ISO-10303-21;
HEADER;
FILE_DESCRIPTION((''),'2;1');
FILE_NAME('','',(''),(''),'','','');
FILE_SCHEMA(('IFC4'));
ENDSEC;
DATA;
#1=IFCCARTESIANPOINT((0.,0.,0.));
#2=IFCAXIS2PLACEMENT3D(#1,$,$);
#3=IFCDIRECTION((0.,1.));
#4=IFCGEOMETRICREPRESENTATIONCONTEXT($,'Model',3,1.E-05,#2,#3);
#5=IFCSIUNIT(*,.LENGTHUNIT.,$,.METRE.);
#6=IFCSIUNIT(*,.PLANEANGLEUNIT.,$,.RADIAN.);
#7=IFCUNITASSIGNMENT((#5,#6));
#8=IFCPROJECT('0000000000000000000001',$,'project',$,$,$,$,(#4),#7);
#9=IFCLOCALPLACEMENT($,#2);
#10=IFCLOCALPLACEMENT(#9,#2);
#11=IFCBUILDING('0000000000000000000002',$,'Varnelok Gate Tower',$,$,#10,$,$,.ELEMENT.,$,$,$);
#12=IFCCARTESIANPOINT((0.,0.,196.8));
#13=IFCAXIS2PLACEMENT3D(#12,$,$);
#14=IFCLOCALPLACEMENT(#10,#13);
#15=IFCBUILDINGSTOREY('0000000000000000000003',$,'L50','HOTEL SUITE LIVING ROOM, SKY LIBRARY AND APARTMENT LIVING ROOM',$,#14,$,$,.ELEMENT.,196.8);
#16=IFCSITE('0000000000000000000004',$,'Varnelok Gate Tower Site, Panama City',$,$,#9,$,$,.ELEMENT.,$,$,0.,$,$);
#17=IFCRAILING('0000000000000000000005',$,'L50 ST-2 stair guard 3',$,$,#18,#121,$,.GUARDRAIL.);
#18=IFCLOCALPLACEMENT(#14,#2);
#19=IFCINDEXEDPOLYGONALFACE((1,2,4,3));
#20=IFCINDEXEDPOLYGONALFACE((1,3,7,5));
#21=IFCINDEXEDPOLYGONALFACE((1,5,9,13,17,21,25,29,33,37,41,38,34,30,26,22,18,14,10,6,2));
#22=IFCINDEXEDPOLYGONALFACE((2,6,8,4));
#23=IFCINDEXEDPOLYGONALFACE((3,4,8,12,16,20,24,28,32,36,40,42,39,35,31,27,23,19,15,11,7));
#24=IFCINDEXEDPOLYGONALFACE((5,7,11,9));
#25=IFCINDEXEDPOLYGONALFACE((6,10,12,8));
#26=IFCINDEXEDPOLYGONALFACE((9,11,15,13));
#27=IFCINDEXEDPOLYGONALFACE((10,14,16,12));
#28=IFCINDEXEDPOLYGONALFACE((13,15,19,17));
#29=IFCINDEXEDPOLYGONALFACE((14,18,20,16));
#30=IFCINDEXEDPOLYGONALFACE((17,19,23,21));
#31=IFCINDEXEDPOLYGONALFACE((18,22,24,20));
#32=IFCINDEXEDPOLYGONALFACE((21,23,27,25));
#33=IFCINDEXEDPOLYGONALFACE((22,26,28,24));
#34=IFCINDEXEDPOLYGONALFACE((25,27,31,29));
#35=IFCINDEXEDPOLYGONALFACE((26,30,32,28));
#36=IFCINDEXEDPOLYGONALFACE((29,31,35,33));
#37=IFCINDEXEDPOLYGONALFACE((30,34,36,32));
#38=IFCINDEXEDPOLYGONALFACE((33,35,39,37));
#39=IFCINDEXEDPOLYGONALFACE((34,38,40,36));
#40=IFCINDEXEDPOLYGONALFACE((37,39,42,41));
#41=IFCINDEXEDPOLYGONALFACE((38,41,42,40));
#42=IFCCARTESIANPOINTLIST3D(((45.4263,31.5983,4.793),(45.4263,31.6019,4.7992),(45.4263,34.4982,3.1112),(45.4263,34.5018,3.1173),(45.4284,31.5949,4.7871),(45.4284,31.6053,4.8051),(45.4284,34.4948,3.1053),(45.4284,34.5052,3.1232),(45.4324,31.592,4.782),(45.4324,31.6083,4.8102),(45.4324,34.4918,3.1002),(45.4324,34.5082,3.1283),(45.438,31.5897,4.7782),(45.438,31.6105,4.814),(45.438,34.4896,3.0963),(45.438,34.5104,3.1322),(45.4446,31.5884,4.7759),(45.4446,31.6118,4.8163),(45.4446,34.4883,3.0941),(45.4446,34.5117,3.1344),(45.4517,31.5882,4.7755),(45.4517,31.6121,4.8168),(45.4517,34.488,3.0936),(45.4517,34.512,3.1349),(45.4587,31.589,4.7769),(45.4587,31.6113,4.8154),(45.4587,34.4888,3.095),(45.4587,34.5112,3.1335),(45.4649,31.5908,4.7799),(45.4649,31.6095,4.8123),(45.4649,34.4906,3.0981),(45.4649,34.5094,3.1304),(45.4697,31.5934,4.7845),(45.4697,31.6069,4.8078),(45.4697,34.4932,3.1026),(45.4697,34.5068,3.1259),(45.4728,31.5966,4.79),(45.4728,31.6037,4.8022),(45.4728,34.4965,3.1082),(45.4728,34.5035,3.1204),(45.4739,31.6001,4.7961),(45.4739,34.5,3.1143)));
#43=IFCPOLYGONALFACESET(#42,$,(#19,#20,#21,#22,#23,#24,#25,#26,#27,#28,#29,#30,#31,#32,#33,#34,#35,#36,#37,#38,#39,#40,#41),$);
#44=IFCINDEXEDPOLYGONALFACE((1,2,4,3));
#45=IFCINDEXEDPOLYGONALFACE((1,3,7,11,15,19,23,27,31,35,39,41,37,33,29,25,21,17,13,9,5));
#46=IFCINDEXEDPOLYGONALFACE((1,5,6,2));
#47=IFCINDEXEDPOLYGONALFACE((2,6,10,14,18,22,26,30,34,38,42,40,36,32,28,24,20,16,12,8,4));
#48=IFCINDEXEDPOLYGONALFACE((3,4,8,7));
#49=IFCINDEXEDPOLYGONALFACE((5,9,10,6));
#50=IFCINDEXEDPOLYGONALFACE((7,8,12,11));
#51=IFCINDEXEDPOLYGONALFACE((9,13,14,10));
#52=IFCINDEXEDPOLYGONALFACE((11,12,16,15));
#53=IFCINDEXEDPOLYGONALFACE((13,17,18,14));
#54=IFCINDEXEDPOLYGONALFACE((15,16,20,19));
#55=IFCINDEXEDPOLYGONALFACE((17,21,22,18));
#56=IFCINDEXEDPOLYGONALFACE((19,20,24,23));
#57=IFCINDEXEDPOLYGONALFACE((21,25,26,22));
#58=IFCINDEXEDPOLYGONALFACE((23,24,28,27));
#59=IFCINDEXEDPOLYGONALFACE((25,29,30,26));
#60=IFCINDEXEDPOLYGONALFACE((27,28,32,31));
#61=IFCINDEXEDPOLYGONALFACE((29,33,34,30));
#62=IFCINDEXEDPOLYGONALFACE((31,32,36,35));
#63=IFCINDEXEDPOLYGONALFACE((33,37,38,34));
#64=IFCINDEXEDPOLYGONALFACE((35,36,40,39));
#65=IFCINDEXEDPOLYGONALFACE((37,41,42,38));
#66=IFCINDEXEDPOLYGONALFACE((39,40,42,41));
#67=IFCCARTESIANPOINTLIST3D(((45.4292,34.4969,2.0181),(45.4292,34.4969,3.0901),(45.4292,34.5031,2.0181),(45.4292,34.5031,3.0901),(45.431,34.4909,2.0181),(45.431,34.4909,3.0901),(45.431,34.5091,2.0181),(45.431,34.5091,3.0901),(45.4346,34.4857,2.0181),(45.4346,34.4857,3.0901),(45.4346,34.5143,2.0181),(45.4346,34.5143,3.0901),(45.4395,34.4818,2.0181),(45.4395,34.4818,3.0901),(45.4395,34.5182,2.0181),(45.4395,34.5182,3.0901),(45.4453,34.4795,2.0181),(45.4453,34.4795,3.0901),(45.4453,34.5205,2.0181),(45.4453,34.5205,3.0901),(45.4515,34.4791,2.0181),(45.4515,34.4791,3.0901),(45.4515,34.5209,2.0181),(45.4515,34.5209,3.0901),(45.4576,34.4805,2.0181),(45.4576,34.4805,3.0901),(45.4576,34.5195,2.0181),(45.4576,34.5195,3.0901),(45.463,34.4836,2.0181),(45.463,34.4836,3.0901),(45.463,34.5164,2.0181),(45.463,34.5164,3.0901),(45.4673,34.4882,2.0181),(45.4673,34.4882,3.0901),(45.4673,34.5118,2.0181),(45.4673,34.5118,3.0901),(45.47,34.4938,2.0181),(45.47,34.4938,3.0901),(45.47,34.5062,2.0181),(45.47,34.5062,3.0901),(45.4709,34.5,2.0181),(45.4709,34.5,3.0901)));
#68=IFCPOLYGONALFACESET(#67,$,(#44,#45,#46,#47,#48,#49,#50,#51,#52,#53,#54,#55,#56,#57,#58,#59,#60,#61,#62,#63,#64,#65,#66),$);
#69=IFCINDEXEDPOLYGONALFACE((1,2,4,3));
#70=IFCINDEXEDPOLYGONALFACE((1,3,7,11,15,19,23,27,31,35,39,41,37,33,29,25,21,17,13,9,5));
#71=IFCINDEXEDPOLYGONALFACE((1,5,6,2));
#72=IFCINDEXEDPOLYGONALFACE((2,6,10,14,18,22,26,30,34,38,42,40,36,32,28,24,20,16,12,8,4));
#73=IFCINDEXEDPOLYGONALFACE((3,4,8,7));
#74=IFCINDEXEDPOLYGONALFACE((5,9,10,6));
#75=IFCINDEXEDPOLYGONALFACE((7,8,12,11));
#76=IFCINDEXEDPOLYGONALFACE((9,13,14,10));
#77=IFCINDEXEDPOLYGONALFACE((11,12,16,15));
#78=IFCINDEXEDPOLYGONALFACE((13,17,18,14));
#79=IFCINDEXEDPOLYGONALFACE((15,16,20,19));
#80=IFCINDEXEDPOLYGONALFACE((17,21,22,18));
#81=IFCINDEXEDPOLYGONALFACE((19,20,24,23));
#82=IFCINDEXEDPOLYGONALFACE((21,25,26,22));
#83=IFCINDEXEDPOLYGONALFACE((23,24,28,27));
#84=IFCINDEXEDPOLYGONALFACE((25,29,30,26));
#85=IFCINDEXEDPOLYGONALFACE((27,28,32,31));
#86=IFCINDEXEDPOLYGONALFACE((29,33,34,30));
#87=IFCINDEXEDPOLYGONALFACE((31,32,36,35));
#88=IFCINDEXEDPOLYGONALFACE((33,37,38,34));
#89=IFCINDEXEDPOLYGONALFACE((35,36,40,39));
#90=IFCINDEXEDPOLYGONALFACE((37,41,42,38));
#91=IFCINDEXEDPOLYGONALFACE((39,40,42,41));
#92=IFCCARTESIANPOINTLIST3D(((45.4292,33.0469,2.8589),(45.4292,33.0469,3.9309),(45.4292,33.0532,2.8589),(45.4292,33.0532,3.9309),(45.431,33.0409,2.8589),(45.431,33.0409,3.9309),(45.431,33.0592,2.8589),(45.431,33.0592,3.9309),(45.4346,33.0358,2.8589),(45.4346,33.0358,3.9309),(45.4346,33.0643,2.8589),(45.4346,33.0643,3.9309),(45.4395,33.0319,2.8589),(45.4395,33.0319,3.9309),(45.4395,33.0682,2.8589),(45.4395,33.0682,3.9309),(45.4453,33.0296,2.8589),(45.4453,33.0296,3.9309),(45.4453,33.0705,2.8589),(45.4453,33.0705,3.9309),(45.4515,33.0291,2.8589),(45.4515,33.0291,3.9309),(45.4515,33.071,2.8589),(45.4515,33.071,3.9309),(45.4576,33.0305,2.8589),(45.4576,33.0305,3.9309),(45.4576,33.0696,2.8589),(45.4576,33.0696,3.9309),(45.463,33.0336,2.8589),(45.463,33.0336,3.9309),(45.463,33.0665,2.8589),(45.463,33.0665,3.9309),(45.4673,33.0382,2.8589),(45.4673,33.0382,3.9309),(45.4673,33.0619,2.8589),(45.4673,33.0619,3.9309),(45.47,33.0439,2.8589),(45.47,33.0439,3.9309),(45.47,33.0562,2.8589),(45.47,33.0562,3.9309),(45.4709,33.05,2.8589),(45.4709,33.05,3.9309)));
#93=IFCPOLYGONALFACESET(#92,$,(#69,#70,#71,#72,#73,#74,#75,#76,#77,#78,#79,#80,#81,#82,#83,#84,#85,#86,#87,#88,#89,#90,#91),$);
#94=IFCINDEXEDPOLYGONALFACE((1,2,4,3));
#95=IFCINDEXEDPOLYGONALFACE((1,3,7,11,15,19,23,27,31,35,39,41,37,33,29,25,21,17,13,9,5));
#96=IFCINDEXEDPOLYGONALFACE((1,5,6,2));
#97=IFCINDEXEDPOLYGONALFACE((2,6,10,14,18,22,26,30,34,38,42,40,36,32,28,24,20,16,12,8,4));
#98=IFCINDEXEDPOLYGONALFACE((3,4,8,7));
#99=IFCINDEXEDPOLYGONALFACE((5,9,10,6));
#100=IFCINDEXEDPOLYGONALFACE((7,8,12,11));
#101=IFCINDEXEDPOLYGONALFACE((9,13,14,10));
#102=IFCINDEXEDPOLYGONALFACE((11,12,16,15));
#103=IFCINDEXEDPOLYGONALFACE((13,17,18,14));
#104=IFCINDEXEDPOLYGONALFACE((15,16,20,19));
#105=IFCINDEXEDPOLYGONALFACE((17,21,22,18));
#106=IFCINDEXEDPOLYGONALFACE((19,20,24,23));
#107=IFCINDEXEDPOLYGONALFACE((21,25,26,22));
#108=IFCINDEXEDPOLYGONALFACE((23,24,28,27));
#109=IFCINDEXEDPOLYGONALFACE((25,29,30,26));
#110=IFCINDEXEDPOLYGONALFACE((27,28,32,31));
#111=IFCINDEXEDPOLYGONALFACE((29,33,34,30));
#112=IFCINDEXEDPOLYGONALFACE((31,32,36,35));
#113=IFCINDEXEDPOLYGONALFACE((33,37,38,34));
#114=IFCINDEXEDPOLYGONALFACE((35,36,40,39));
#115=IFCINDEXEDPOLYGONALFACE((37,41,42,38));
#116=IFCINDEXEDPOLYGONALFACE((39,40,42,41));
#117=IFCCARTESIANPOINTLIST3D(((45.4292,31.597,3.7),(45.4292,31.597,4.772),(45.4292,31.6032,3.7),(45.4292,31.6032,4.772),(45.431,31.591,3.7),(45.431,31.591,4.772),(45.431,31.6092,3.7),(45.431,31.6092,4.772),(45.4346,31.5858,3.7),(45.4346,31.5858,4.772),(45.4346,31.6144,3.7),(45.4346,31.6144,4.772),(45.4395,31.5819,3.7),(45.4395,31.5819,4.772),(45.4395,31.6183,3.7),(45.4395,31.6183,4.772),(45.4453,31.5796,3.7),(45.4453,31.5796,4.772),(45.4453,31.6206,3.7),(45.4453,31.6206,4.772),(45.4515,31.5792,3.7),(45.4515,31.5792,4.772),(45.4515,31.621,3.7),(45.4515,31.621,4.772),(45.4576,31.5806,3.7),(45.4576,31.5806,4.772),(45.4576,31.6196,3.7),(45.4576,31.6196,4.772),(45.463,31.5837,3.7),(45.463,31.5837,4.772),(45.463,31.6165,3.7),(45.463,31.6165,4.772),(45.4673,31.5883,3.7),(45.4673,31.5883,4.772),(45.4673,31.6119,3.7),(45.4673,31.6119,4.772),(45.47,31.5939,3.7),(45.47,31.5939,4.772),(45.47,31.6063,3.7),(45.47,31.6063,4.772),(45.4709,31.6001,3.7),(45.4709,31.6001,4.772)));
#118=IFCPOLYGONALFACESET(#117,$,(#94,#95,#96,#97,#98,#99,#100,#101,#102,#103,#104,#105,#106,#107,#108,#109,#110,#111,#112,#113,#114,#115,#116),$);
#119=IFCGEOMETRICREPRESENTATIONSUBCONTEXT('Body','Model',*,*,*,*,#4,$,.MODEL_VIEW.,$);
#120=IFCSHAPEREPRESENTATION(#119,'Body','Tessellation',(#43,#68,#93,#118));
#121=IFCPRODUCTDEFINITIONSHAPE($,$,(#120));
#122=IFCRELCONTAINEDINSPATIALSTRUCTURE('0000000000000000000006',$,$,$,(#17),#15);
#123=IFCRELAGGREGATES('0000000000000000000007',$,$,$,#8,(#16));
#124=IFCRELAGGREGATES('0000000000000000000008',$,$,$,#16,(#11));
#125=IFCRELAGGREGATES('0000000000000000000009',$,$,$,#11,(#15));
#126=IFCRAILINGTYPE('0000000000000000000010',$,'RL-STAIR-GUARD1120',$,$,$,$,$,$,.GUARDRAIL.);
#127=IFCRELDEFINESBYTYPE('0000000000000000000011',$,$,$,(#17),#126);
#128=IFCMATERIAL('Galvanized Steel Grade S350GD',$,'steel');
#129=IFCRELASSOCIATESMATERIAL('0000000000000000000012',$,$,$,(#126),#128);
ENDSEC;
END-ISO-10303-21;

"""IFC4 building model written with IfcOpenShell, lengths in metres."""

from ifc_helpers import new_model, si_unit, direction, frame, origin, origin_2d, place, context, subcontext, project, spatial, circle, extrude, material, type_object, element, save


model = new_model("IFC4")

# Units and contexts
model_context = context("Model", 3, precision=1e-05, world=origin(), true_north=direction((0.0, 1.0)))
body_context = subcontext(model_context, "Body", "Model", "MODEL_VIEW")
ifc_project = project(units=[si_unit("LENGTHUNIT", "METRE"), si_unit("PLANEANGLEUNIT", "RADIAN")], contexts=[model_context])

# Site, building, storey
site_placement = place(None, origin())
site = spatial("IfcSite", under=ifc_project, at=site_placement, Name="Varnelok Gate Tower Site, Panama City", CompositionType="ELEMENT", RefElevation=0.0)
building_placement = place(site_placement, origin())
building = spatial("IfcBuilding", under=site, at=building_placement, Name="Varnelok Gate Tower", CompositionType="ELEMENT")
storey_placement = place(building_placement, frame((0.0, 0.0, 196.8)))
storey = spatial("IfcBuildingStorey", under=building, at=storey_placement, Name="L50", Description="HOTEL SUITE LIVING ROOM, SKY LIBRARY AND APARTMENT LIVING ROOM", CompositionType="ELEMENT", Elevation=196.8)

# Shared definitions
ifc_material_1 = material(Name="Galvanized Steel Grade S350GD", Category="steel")

# Railing
railing_type_1 = type_object("IfcRailingType", Name="RL-STAIR-GUARD1120", PredefinedType="GUARDRAIL", material=ifc_material_1)
railing_1_placement = place(storey_placement, frame((45.45, 34.5, 2.0181)))
element("IfcRailing", 1, at=railing_1_placement, inside=storey, type_object=railing_type_1, Name="L50 ST-2 stair guard 3", PredefinedType="GUARDRAIL", context=body_context, shape_type="SweptSolid", body=[
    extrude(circle(Radius=0.0239, at=origin_2d()), frame((0.0, 0.0, 1.0962), z_axis=(0.0, -0.865039, 0.501705), x_axis=(1.0, 0.0, 0.0)), (0.0, 0.0, 1.0), 3.3523),
    extrude(circle(Radius=0.021, at=origin_2d()), origin(), (0.0, 0.0, 1.0), 1.072),
    extrude(circle(Radius=0.021, at=origin_2d()), frame((0.0, -1.45, 0.8408)), (0.0, 0.0, 1.0), 1.072),
    extrude(circle(Radius=0.021, at=origin_2d()), frame((0.0, -2.8999, 1.6819)), (0.0, 0.0, 1.0), 1.072),
])

save(model, "model.ifc")
